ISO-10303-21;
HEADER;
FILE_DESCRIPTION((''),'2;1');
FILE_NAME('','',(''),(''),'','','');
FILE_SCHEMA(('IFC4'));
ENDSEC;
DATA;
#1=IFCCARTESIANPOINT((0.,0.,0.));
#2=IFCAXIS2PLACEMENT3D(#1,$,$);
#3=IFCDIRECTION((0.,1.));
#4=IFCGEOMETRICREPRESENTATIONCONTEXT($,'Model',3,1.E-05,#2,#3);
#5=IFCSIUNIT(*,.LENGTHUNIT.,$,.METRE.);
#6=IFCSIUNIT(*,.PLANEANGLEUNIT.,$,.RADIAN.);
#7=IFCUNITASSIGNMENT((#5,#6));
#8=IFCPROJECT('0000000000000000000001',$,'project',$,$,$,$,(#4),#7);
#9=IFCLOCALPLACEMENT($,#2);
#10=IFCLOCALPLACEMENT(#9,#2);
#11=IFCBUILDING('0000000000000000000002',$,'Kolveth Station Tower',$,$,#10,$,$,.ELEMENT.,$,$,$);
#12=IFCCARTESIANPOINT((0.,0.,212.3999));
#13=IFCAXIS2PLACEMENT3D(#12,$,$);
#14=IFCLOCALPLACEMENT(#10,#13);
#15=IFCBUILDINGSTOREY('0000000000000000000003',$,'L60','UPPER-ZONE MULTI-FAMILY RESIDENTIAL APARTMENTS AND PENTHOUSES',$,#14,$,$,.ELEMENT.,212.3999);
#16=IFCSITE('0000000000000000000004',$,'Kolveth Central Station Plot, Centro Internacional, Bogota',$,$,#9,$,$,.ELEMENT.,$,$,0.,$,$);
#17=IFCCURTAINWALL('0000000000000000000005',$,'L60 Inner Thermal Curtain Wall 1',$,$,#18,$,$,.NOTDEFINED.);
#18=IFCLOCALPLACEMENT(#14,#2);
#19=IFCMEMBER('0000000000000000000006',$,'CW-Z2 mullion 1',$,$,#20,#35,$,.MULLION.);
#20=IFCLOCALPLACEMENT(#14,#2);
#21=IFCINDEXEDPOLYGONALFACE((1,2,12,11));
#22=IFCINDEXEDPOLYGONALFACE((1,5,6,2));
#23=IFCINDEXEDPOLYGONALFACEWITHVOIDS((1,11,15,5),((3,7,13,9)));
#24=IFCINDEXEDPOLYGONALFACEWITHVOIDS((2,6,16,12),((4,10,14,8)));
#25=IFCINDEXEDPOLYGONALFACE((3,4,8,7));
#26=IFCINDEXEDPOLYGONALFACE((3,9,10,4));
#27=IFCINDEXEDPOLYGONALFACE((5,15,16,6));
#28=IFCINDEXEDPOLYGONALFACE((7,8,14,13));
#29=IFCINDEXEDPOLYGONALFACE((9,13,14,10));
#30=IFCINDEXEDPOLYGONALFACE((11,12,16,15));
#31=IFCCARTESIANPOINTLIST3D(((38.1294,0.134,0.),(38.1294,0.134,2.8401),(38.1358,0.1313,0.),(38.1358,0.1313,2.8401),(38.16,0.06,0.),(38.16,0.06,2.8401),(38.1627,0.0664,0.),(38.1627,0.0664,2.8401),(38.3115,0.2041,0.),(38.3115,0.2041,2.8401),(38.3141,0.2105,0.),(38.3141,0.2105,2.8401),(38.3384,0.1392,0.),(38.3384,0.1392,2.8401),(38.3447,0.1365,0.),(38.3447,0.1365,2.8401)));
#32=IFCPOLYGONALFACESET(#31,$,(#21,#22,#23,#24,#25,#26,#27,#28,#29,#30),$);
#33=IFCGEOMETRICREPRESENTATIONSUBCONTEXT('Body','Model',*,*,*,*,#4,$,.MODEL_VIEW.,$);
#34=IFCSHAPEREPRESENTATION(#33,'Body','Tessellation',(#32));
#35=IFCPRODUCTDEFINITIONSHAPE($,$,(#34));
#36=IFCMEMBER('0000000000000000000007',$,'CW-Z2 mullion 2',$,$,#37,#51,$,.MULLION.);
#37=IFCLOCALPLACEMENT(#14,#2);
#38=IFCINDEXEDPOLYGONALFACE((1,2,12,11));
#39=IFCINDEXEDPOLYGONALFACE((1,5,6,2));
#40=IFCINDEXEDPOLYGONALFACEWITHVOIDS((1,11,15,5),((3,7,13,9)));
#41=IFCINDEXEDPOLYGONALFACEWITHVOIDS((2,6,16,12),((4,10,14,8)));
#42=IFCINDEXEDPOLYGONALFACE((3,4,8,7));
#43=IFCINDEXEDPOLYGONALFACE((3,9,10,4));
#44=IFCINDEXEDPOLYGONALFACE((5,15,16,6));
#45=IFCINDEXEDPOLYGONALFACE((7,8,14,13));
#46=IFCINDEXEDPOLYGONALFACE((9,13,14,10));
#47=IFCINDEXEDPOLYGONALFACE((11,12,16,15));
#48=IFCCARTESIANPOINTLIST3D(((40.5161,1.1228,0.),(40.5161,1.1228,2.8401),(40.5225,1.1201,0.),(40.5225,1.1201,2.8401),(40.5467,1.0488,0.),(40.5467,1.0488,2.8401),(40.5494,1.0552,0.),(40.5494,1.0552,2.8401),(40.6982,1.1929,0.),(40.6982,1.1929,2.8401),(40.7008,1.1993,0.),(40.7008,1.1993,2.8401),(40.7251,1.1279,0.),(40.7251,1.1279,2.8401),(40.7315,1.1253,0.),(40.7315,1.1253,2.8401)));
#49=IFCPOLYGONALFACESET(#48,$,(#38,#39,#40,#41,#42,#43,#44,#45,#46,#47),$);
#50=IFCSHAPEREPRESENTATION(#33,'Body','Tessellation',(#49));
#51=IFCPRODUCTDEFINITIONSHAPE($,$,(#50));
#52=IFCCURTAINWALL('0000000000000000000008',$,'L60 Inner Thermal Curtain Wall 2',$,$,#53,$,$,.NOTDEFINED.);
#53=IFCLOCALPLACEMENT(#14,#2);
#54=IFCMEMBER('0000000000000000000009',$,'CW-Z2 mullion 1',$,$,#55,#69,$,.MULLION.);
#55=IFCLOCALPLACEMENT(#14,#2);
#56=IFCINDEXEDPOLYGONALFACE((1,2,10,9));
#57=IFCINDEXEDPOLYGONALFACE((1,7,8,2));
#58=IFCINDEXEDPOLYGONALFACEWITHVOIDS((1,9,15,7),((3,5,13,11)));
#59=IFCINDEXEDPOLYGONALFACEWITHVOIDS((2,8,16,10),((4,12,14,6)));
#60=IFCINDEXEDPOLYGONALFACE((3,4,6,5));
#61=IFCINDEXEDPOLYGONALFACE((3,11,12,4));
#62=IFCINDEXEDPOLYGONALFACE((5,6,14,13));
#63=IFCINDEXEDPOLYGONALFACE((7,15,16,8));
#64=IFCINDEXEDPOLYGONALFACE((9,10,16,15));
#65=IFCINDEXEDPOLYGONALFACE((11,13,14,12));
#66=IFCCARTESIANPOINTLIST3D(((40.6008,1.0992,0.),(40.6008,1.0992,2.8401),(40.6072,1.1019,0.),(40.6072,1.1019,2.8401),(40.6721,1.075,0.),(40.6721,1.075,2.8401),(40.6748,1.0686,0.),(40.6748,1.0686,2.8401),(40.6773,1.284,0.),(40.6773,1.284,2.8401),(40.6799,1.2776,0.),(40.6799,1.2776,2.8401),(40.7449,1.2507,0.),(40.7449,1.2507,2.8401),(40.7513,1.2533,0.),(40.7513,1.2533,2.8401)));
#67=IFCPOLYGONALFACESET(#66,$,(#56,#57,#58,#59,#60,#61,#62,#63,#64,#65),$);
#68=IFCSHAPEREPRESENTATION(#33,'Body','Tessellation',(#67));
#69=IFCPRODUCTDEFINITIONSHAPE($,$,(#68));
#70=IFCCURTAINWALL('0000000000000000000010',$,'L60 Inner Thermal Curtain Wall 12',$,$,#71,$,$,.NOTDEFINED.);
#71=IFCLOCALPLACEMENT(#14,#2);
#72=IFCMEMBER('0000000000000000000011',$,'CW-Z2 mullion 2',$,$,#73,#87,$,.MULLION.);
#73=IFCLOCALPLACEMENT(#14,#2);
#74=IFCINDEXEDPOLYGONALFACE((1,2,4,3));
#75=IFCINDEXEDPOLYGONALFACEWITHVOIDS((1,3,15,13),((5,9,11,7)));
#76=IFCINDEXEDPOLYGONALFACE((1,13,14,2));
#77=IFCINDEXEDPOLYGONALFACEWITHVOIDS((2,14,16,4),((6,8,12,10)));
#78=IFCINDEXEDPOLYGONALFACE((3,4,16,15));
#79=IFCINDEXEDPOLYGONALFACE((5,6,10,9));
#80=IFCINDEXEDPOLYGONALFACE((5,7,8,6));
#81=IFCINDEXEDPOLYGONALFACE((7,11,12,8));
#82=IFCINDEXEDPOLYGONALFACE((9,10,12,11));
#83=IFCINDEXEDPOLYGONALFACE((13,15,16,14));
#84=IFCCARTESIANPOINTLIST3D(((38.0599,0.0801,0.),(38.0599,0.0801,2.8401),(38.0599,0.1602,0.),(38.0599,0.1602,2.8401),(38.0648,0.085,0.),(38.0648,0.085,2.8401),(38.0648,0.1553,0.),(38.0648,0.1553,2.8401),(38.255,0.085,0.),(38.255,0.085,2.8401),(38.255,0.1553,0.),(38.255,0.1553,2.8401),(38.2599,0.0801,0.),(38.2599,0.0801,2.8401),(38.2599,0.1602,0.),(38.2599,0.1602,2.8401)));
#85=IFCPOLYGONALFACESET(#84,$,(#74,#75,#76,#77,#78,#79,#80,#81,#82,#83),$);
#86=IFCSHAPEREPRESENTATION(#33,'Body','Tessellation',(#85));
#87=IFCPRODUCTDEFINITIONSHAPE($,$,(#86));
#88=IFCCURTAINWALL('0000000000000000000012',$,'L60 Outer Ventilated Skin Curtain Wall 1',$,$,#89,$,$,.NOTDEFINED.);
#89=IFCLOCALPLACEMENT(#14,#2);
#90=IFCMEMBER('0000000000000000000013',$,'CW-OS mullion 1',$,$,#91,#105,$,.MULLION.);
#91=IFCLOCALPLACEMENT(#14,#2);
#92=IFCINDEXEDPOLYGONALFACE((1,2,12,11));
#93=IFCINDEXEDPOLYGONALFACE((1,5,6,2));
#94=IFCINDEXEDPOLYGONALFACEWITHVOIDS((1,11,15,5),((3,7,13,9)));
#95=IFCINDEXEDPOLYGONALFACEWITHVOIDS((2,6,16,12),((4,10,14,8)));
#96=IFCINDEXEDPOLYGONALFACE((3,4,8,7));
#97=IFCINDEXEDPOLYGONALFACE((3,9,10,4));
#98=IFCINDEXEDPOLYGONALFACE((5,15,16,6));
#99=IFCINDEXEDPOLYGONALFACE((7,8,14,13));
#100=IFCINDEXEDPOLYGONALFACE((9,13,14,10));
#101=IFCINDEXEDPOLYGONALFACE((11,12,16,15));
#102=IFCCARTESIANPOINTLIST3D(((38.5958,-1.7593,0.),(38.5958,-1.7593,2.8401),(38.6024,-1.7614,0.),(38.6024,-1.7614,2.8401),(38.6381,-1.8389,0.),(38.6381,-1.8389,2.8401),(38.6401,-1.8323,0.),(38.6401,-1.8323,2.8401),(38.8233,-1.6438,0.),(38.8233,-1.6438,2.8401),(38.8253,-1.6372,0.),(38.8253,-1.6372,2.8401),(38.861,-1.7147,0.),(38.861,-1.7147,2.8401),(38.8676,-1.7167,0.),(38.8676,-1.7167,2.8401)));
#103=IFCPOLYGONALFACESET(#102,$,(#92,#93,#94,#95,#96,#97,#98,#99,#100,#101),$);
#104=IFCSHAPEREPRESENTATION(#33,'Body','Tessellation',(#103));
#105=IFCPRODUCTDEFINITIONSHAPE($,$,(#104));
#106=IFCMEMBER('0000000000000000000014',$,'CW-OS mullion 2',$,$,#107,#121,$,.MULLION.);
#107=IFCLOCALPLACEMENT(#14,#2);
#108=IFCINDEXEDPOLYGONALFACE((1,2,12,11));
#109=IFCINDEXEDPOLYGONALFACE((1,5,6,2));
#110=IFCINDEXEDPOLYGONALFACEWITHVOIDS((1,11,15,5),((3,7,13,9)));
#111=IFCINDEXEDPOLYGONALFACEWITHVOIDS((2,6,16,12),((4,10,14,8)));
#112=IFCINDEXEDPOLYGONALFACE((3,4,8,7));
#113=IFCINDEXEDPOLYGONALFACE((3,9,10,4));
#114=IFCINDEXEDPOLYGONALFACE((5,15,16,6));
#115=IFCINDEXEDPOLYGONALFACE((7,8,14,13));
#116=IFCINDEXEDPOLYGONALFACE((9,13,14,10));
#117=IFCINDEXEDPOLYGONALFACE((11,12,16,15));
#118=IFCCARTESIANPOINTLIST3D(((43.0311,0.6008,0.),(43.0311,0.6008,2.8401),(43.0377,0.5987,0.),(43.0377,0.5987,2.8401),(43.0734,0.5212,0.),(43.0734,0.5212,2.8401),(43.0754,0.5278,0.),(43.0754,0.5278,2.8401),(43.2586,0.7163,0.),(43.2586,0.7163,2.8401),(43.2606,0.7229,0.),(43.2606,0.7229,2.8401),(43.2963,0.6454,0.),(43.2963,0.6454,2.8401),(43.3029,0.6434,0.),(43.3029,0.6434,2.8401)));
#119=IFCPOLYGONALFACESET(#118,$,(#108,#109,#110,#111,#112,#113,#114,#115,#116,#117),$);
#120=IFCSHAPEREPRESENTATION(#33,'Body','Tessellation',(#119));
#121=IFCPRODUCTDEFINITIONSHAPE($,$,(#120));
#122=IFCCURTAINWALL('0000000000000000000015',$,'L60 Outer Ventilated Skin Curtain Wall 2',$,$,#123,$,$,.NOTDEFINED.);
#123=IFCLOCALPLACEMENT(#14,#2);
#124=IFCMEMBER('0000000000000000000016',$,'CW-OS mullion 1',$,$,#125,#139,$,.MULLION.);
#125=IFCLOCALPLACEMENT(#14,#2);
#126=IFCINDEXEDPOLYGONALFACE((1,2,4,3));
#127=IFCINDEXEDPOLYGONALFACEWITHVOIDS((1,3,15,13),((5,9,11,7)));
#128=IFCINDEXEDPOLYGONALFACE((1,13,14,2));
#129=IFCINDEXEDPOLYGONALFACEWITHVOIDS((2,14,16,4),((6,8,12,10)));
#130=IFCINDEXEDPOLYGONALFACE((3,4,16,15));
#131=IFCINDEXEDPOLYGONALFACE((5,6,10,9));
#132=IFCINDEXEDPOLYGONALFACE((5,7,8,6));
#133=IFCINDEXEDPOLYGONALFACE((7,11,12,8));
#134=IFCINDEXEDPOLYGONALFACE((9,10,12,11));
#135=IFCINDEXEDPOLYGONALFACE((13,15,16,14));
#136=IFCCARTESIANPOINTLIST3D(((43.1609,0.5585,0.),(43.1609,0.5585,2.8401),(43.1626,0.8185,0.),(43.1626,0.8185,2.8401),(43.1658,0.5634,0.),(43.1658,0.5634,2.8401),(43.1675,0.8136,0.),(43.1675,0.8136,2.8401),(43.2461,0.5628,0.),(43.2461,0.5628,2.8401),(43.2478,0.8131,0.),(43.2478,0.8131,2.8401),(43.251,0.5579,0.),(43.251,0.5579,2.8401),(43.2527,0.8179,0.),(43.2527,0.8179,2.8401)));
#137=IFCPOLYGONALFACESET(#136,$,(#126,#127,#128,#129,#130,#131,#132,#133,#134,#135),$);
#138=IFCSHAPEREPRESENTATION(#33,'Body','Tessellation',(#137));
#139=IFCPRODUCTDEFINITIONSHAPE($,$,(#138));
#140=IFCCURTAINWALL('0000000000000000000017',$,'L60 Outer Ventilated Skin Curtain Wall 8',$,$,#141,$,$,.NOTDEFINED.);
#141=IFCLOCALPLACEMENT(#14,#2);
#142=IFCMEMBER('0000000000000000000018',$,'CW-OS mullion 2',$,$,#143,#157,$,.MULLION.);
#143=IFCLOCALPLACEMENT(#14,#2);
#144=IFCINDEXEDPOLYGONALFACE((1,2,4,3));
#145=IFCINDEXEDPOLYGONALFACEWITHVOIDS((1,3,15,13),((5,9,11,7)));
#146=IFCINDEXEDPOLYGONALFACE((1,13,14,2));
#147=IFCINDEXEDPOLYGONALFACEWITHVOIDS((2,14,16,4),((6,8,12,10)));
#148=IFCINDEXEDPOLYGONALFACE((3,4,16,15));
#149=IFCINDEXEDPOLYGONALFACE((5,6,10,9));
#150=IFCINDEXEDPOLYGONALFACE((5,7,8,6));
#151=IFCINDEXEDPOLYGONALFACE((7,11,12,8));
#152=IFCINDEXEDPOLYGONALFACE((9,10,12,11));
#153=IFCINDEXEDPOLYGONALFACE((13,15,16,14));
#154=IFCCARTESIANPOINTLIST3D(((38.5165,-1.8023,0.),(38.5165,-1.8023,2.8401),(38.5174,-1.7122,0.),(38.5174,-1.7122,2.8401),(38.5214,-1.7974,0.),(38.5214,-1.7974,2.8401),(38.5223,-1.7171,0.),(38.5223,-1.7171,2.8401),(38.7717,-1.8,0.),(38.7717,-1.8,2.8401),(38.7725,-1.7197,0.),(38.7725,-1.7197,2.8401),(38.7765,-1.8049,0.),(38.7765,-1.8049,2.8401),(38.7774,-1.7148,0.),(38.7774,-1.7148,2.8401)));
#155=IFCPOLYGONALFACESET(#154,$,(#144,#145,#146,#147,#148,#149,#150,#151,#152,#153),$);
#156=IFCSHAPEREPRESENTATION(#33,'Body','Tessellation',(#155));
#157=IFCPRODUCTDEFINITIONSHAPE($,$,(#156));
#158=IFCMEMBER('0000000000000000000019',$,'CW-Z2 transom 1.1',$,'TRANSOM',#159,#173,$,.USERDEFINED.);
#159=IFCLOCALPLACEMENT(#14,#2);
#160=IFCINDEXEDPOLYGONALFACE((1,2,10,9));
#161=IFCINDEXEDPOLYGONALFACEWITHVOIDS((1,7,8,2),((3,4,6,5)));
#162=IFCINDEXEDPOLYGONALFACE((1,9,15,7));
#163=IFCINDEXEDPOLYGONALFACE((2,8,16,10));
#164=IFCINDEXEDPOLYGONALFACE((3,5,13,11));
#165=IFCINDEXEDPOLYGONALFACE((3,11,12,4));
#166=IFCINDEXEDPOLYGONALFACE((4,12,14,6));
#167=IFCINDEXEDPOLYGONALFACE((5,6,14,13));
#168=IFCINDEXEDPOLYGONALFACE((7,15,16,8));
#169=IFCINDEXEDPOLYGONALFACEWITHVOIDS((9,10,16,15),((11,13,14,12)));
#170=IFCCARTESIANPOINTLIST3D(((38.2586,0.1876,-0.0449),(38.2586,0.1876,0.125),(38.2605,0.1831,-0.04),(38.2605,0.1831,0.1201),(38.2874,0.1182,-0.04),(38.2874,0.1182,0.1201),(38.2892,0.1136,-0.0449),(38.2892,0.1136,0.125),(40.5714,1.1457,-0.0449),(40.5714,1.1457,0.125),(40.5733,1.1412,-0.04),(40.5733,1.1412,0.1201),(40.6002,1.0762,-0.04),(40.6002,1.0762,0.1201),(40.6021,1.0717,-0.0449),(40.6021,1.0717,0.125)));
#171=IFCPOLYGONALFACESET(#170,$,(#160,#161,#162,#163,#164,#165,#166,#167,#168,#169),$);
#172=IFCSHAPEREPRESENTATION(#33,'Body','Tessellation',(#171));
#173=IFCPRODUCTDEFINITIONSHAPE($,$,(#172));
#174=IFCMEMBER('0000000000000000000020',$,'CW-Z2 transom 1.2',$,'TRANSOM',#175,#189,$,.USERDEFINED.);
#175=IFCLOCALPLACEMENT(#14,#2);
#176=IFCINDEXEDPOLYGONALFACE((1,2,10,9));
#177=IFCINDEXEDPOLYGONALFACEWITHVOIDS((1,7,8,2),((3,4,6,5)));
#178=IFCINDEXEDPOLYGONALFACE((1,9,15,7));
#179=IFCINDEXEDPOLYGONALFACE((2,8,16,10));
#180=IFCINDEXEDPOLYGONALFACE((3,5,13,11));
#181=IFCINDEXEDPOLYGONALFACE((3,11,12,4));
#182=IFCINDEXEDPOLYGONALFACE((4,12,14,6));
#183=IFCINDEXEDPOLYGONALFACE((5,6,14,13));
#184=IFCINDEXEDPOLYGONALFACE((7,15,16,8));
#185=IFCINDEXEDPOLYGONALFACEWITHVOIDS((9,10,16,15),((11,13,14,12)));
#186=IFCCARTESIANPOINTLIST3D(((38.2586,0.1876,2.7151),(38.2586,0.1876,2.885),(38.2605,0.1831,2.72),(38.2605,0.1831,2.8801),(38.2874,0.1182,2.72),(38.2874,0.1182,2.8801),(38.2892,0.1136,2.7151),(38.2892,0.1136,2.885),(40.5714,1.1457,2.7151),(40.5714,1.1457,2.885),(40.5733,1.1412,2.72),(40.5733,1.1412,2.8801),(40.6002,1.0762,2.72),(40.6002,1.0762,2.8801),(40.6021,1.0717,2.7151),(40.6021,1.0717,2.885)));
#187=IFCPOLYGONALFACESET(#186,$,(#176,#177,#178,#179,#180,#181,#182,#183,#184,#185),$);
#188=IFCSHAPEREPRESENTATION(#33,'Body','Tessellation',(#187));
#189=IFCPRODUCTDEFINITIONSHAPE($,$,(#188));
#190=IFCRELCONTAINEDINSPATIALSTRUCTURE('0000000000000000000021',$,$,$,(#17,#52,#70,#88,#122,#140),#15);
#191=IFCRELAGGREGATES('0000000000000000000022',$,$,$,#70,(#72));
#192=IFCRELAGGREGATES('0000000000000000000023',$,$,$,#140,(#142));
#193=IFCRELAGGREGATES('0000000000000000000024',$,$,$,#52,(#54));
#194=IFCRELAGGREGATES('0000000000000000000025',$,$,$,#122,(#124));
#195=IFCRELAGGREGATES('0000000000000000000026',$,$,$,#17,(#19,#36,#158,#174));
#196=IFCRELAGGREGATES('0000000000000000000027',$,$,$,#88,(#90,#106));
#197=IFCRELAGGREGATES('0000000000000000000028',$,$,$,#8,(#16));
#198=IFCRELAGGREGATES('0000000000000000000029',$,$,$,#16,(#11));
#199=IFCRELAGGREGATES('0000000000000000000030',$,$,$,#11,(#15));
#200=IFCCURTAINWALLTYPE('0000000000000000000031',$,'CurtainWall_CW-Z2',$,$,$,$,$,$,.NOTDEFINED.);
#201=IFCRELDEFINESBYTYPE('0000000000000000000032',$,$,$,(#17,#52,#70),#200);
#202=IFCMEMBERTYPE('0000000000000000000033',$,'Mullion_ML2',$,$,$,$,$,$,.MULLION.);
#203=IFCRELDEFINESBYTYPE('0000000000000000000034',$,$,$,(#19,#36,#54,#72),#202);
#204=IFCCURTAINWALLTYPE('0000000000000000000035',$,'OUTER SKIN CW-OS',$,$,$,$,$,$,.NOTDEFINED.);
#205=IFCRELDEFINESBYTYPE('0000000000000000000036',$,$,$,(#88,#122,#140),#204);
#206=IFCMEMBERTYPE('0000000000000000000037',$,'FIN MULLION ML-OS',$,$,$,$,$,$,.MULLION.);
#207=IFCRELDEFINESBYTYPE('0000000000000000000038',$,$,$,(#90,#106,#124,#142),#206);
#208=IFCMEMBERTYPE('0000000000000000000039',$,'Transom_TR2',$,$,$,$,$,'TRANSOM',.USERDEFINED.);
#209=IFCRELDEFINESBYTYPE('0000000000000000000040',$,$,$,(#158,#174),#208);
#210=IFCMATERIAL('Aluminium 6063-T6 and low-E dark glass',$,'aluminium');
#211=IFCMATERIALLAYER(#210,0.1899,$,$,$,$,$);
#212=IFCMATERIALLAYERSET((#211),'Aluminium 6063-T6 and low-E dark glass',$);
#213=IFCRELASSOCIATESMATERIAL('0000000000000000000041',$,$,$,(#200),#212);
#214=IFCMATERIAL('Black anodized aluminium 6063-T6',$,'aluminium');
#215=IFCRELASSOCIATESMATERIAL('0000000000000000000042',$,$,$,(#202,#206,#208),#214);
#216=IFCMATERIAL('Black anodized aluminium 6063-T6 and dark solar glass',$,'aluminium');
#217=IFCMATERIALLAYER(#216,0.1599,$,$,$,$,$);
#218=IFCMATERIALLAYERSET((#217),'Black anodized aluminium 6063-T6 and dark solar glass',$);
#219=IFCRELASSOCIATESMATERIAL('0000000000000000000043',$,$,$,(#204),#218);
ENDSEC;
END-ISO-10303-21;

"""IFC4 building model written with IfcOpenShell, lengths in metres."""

from ifc_helpers import new_model, si_unit, direction, frame, origin, origin_2d, place, context, subcontext, project, spatial, hollow_rectangle, extrude, source, transform, mapped, material, layer, layer_set, material_profile, profile_set, type_object, element, aggregate, save


model = new_model("IFC4")

# Units and contexts
model_context = context("Model", 3, precision=1e-05, world=origin(), true_north=direction((0.0, 1.0)))
body_context = subcontext(model_context, "Body", "Model", "MODEL_VIEW")
ifc_project = project(units=[si_unit("LENGTHUNIT", "METRE"), si_unit("PLANEANGLEUNIT", "RADIAN")], contexts=[model_context])

# Site, building, storey
site_placement = place(None, origin())
site = spatial("IfcSite", under=ifc_project, at=site_placement, Name="Kolveth Central Station Plot, Centro Internacional, Bogota", CompositionType="ELEMENT", RefElevation=0.0)
building_placement = place(site_placement, origin())
building = spatial("IfcBuilding", under=site, at=building_placement, Name="Kolveth Station Tower", CompositionType="ELEMENT")
storey_placement = place(building_placement, frame((0.0, 0.0, 212.3999)))
storey = spatial("IfcBuildingStorey", under=building, at=storey_placement, Name="L60", Description="UPPER-ZONE MULTI-FAMILY RESIDENTIAL APARTMENTS AND PENTHOUSES", CompositionType="ELEMENT", Elevation=212.3999)

# Curtain wall, members
ifc_material_1 = material(Name="Aluminium 6063-T6 and low-E dark glass", Category="aluminium")
ifc_layer_1 = layer(ifc_material_1, 0.1899)
ifc_layer_set_1 = layer_set([ifc_layer_1], Name="Aluminium 6063-T6 and low-E dark glass")
curtain_wall_type_1 = type_object("IfcCurtainWallType", Name="CurtainWall_CW-Z2", PredefinedType="NOTDEFINED", material=ifc_layer_set_1)
curtain_wall_1_placement = place(storey_placement, origin())
curtain_wall_1 = element("IfcCurtainWall", 1, at=curtain_wall_1_placement, inside=storey, type_object=curtain_wall_type_1, Name="L60 Inner Thermal Curtain Wall 1", PredefinedType="NOTDEFINED")
ifc_material_2 = material(Name="Black anodized aluminium 6063-T6", Category="aluminium")
ifc_material_profile_1 = material_profile(ifc_material_2, hollow_rectangle(XDim=0.0801, YDim=0.2, WallThickness=0.0049, at=origin_2d()), Name="ALU-80x200x5")
ifc_profile_set_1 = profile_set([ifc_material_profile_1], Name="Black anodized aluminium 6063-T6")
member_type_1 = type_object("IfcMemberType", Name="Mullion_ML2", PredefinedType="MULLION", material=ifc_profile_set_1)
shared_shape_1 = source(origin(), body_context, "Body", "SweptSolid", [
    extrude(hollow_rectangle(XDim=0.0801, YDim=0.2, WallThickness=0.0049, at=origin_2d()), origin(), (0.0, 0.0, 1.0), 2.8401),
])
member_1_placement = place(storey_placement, frame((38.2371, 0.1353, 0.0), z_axis=(0.0, 0.0, 1.0), x_axis=(-0.382698, 0.923874, 0.0)))
member_1 = element("IfcMember", 2, at=member_1_placement, type_object=member_type_1, Name="CW-Z2 mullion 1", PredefinedType="MULLION", context=body_context, shape_type="MappedRepresentation", body=[
    mapped(shared_shape_1, transform((0.0, 0.0, 0.0), x_axis=(1.0, 0.0, 0.0), y_axis=(0.0, 1.0, 0.0), z_axis=(0.0, 0.0, 1.0), scale=1.0)),
])
member_2_placement = place(storey_placement, frame((40.6238, 1.124, 0.0), z_axis=(0.0, 0.0, 1.0), x_axis=(-0.382698, 0.923874, 0.0)))
member_2 = element("IfcMember", 3, at=member_2_placement, type_object=member_type_1, Name="CW-Z2 mullion 2", PredefinedType="MULLION", context=body_context, shape_type="MappedRepresentation", body=[
    mapped(shared_shape_1, transform((0.0, 0.0, 0.0), x_axis=(1.0, 0.0, 0.0), y_axis=(0.0, 1.0, 0.0), z_axis=(0.0, 0.0, 1.0), scale=1.0)),
])

# Curtain walls, members
curtain_wall_2_placement = place(storey_placement, origin())
curtain_wall_2 = element("IfcCurtainWall", 4, at=curtain_wall_2_placement, inside=storey, type_object=curtain_wall_type_1, Name="L60 Inner Thermal Curtain Wall 2", PredefinedType="NOTDEFINED")
member_3_placement = place(storey_placement, frame((40.676, 1.1763, 0.0), z_axis=(0.0, 0.0, 1.0), x_axis=(-0.923874, 0.382698, 0.0)))
member_3 = element("IfcMember", 5, at=member_3_placement, type_object=member_type_1, Name="CW-Z2 mullion 1", PredefinedType="MULLION", context=body_context, shape_type="MappedRepresentation", body=[
    mapped(shared_shape_1, transform((0.0, 0.0, 0.0), x_axis=(1.0, 0.0, 0.0), y_axis=(0.0, 1.0, 0.0), z_axis=(0.0, 0.0, 1.0), scale=1.0)),
])
curtain_wall_3_placement = place(storey_placement, origin())
curtain_wall_3 = element("IfcCurtainWall", 6, at=curtain_wall_3_placement, inside=storey, type_object=curtain_wall_type_1, Name="L60 Inner Thermal Curtain Wall 12", PredefinedType="NOTDEFINED")
member_4_placement = place(storey_placement, frame((38.1599, 0.1201, 0.0), z_axis=(0.0, 0.0, 1.0), x_axis=(0.0, 1.0, 0.0)))
member_4 = element("IfcMember", 7, at=member_4_placement, type_object=member_type_1, Name="CW-Z2 mullion 2", PredefinedType="MULLION", context=body_context, shape_type="MappedRepresentation", body=[
    mapped(shared_shape_1, transform((0.0, 0.0, 0.0), x_axis=(1.0, 0.0, 0.0), y_axis=(0.0, 1.0, 0.0), z_axis=(0.0, 0.0, 1.0), scale=1.0)),
])
aggregate(curtain_wall_3, [member_4])

# Curtain wall, members
ifc_material_3 = material(Name="Black anodized aluminium 6063-T6 and dark solar glass", Category="aluminium")
ifc_layer_2 = layer(ifc_material_3, 0.1599)
ifc_layer_set_2 = layer_set([ifc_layer_2], Name="Black anodized aluminium 6063-T6 and dark solar glass")
curtain_wall_type_2 = type_object("IfcCurtainWallType", Name="OUTER SKIN CW-OS", PredefinedType="NOTDEFINED", material=ifc_layer_set_2)
curtain_wall_4_placement = place(storey_placement, origin())
curtain_wall_4 = element("IfcCurtainWall", 8, at=curtain_wall_4_placement, inside=storey, type_object=curtain_wall_type_2, Name="L60 Outer Ventilated Skin Curtain Wall 1", PredefinedType="NOTDEFINED")
ifc_material_profile_2 = material_profile(ifc_material_2, hollow_rectangle(XDim=0.0901, YDim=0.26, WallThickness=0.0049, at=origin_2d()), Name="ALU-90x260x5")
ifc_profile_set_2 = profile_set([ifc_material_profile_2], Name="Black anodized aluminium 6063-T6")
member_type_2 = type_object("IfcMemberType", Name="FIN MULLION ML-OS", PredefinedType="MULLION", material=ifc_profile_set_2)
shared_shape_2 = source(origin(), body_context, "Body", "SweptSolid", [
    extrude(hollow_rectangle(XDim=0.0901, YDim=0.26, WallThickness=0.0049, at=origin_2d()), origin(), (0.0, 0.0, 1.0), 2.8401),
])
member_5_placement = place(storey_placement, frame((38.7317, -1.738, 0.0), z_axis=(0.0, 0.0, 1.0), x_axis=(-0.469768, 0.88279, 0.0)))
member_5 = element("IfcMember", 9, at=member_5_placement, type_object=member_type_2, Name="CW-OS mullion 1", PredefinedType="MULLION", context=body_context, shape_type="MappedRepresentation", body=[
    mapped(shared_shape_2, transform((0.0, 0.0, 0.0), x_axis=(1.0, 0.0, 0.0), y_axis=(0.0, 1.0, 0.0), z_axis=(0.0, 0.0, 1.0), scale=1.0)),
])
member_6_placement = place(storey_placement, frame((43.167, 0.6221, 0.0), z_axis=(0.0, 0.0, 1.0), x_axis=(-0.469768, 0.88279, 0.0)))
member_6 = element("IfcMember", 10, at=member_6_placement, type_object=member_type_2, Name="CW-OS mullion 2", PredefinedType="MULLION", context=body_context, shape_type="MappedRepresentation", body=[
    mapped(shared_shape_2, transform((0.0, 0.0, 0.0), x_axis=(1.0, 0.0, 0.0), y_axis=(0.0, 1.0, 0.0), z_axis=(0.0, 0.0, 1.0), scale=1.0)),
])

# Curtain walls, members
curtain_wall_5_placement = place(storey_placement, origin())
curtain_wall_5 = element("IfcCurtainWall", 11, at=curtain_wall_5_placement, inside=storey, type_object=curtain_wall_type_2, Name="L60 Outer Ventilated Skin Curtain Wall 2", PredefinedType="NOTDEFINED")
member_7_placement = place(storey_placement, frame((43.2068, 0.6882, 0.0), z_axis=(0.0, 0.0, 1.0), x_axis=(-0.999978, 0.006655, 0.0)))
member_7 = element("IfcMember", 12, at=member_7_placement, type_object=member_type_2, Name="CW-OS mullion 1", PredefinedType="MULLION", context=body_context, shape_type="MappedRepresentation", body=[
    mapped(shared_shape_2, transform((0.0, 0.0, 0.0), x_axis=(1.0, 0.0, 0.0), y_axis=(0.0, 1.0, 0.0), z_axis=(0.0, 0.0, 1.0), scale=1.0)),
])
curtain_wall_6_placement = place(storey_placement, origin())
curtain_wall_6 = element("IfcCurtainWall", 13, at=curtain_wall_6_placement, inside=storey, type_object=curtain_wall_type_2, Name="L60 Outer Ventilated Skin Curtain Wall 8", PredefinedType="NOTDEFINED")
member_8_placement = place(storey_placement, frame((38.647, -1.7585, 0.0), z_axis=(0.0, 0.0, 1.0), x_axis=(0.01018, 0.999948, 0.0)))
member_8 = element("IfcMember", 14, at=member_8_placement, type_object=member_type_2, Name="CW-OS mullion 2", PredefinedType="MULLION", context=body_context, shape_type="MappedRepresentation", body=[
    mapped(shared_shape_2, transform((0.0, 0.0, 0.0), x_axis=(1.0, 0.0, 0.0), y_axis=(0.0, 1.0, 0.0), z_axis=(0.0, 0.0, 1.0), scale=1.0)),
])
aggregate(curtain_wall_6, [member_8])

# Members
ifc_material_profile_3 = material_profile(ifc_material_2, hollow_rectangle(XDim=0.0801, YDim=0.1699, WallThickness=0.0049, at=origin_2d()), Name="ALU-80x170x5")
ifc_profile_set_3 = profile_set([ifc_material_profile_3], Name="Black anodized aluminium 6063-T6")
member_type_3 = type_object("IfcMemberType", Name="Transom_TR2", ElementType="TRANSOM", PredefinedType="USERDEFINED", material=ifc_profile_set_3)
shared_shape_3 = source(origin(), body_context, "Body", "SweptSolid", [
    extrude(hollow_rectangle(XDim=0.0801, YDim=0.1699, WallThickness=0.0049, at=origin_2d()), origin(), (0.0, 0.0, 1.0), 2.5034),
])
member_9_placement = place(storey_placement, frame((38.2739, 0.1506, 0.04), z_axis=(0.923874, 0.382696, 0.0), x_axis=(-0.382696, 0.923874, 0.0)))
member_9 = element("IfcMember", 15, at=member_9_placement, type_object=member_type_3, Name="CW-Z2 transom 1.1", ObjectType="TRANSOM", PredefinedType="USERDEFINED", context=body_context, shape_type="MappedRepresentation", body=[
    mapped(shared_shape_3, transform((0.0, 0.0, 0.0), x_axis=(1.0, 0.0, 0.0), y_axis=(0.0, 1.0, 0.0), z_axis=(0.0, 0.0, 1.0), scale=1.0)),
])
member_10_placement = place(storey_placement, frame((38.2739, 0.1506, 2.8), z_axis=(0.923874, 0.382696, 0.0), x_axis=(-0.382696, 0.923874, 0.0)))
member_10 = element("IfcMember", 16, at=member_10_placement, type_object=member_type_3, Name="CW-Z2 transom 1.2", ObjectType="TRANSOM", PredefinedType="USERDEFINED", context=body_context, shape_type="MappedRepresentation", body=[
    mapped(shared_shape_3, transform((0.0, 0.0, 0.0), x_axis=(1.0, 0.0, 0.0), y_axis=(0.0, 1.0, 0.0), z_axis=(0.0, 0.0, 1.0), scale=1.0)),
])
aggregate(curtain_wall_2, [member_3])
aggregate(curtain_wall_5, [member_7])

aggregate(curtain_wall_1, [member_1, member_2, member_9, member_10])
aggregate(curtain_wall_4, [member_5, member_6])

save(model, "model.ifc")
